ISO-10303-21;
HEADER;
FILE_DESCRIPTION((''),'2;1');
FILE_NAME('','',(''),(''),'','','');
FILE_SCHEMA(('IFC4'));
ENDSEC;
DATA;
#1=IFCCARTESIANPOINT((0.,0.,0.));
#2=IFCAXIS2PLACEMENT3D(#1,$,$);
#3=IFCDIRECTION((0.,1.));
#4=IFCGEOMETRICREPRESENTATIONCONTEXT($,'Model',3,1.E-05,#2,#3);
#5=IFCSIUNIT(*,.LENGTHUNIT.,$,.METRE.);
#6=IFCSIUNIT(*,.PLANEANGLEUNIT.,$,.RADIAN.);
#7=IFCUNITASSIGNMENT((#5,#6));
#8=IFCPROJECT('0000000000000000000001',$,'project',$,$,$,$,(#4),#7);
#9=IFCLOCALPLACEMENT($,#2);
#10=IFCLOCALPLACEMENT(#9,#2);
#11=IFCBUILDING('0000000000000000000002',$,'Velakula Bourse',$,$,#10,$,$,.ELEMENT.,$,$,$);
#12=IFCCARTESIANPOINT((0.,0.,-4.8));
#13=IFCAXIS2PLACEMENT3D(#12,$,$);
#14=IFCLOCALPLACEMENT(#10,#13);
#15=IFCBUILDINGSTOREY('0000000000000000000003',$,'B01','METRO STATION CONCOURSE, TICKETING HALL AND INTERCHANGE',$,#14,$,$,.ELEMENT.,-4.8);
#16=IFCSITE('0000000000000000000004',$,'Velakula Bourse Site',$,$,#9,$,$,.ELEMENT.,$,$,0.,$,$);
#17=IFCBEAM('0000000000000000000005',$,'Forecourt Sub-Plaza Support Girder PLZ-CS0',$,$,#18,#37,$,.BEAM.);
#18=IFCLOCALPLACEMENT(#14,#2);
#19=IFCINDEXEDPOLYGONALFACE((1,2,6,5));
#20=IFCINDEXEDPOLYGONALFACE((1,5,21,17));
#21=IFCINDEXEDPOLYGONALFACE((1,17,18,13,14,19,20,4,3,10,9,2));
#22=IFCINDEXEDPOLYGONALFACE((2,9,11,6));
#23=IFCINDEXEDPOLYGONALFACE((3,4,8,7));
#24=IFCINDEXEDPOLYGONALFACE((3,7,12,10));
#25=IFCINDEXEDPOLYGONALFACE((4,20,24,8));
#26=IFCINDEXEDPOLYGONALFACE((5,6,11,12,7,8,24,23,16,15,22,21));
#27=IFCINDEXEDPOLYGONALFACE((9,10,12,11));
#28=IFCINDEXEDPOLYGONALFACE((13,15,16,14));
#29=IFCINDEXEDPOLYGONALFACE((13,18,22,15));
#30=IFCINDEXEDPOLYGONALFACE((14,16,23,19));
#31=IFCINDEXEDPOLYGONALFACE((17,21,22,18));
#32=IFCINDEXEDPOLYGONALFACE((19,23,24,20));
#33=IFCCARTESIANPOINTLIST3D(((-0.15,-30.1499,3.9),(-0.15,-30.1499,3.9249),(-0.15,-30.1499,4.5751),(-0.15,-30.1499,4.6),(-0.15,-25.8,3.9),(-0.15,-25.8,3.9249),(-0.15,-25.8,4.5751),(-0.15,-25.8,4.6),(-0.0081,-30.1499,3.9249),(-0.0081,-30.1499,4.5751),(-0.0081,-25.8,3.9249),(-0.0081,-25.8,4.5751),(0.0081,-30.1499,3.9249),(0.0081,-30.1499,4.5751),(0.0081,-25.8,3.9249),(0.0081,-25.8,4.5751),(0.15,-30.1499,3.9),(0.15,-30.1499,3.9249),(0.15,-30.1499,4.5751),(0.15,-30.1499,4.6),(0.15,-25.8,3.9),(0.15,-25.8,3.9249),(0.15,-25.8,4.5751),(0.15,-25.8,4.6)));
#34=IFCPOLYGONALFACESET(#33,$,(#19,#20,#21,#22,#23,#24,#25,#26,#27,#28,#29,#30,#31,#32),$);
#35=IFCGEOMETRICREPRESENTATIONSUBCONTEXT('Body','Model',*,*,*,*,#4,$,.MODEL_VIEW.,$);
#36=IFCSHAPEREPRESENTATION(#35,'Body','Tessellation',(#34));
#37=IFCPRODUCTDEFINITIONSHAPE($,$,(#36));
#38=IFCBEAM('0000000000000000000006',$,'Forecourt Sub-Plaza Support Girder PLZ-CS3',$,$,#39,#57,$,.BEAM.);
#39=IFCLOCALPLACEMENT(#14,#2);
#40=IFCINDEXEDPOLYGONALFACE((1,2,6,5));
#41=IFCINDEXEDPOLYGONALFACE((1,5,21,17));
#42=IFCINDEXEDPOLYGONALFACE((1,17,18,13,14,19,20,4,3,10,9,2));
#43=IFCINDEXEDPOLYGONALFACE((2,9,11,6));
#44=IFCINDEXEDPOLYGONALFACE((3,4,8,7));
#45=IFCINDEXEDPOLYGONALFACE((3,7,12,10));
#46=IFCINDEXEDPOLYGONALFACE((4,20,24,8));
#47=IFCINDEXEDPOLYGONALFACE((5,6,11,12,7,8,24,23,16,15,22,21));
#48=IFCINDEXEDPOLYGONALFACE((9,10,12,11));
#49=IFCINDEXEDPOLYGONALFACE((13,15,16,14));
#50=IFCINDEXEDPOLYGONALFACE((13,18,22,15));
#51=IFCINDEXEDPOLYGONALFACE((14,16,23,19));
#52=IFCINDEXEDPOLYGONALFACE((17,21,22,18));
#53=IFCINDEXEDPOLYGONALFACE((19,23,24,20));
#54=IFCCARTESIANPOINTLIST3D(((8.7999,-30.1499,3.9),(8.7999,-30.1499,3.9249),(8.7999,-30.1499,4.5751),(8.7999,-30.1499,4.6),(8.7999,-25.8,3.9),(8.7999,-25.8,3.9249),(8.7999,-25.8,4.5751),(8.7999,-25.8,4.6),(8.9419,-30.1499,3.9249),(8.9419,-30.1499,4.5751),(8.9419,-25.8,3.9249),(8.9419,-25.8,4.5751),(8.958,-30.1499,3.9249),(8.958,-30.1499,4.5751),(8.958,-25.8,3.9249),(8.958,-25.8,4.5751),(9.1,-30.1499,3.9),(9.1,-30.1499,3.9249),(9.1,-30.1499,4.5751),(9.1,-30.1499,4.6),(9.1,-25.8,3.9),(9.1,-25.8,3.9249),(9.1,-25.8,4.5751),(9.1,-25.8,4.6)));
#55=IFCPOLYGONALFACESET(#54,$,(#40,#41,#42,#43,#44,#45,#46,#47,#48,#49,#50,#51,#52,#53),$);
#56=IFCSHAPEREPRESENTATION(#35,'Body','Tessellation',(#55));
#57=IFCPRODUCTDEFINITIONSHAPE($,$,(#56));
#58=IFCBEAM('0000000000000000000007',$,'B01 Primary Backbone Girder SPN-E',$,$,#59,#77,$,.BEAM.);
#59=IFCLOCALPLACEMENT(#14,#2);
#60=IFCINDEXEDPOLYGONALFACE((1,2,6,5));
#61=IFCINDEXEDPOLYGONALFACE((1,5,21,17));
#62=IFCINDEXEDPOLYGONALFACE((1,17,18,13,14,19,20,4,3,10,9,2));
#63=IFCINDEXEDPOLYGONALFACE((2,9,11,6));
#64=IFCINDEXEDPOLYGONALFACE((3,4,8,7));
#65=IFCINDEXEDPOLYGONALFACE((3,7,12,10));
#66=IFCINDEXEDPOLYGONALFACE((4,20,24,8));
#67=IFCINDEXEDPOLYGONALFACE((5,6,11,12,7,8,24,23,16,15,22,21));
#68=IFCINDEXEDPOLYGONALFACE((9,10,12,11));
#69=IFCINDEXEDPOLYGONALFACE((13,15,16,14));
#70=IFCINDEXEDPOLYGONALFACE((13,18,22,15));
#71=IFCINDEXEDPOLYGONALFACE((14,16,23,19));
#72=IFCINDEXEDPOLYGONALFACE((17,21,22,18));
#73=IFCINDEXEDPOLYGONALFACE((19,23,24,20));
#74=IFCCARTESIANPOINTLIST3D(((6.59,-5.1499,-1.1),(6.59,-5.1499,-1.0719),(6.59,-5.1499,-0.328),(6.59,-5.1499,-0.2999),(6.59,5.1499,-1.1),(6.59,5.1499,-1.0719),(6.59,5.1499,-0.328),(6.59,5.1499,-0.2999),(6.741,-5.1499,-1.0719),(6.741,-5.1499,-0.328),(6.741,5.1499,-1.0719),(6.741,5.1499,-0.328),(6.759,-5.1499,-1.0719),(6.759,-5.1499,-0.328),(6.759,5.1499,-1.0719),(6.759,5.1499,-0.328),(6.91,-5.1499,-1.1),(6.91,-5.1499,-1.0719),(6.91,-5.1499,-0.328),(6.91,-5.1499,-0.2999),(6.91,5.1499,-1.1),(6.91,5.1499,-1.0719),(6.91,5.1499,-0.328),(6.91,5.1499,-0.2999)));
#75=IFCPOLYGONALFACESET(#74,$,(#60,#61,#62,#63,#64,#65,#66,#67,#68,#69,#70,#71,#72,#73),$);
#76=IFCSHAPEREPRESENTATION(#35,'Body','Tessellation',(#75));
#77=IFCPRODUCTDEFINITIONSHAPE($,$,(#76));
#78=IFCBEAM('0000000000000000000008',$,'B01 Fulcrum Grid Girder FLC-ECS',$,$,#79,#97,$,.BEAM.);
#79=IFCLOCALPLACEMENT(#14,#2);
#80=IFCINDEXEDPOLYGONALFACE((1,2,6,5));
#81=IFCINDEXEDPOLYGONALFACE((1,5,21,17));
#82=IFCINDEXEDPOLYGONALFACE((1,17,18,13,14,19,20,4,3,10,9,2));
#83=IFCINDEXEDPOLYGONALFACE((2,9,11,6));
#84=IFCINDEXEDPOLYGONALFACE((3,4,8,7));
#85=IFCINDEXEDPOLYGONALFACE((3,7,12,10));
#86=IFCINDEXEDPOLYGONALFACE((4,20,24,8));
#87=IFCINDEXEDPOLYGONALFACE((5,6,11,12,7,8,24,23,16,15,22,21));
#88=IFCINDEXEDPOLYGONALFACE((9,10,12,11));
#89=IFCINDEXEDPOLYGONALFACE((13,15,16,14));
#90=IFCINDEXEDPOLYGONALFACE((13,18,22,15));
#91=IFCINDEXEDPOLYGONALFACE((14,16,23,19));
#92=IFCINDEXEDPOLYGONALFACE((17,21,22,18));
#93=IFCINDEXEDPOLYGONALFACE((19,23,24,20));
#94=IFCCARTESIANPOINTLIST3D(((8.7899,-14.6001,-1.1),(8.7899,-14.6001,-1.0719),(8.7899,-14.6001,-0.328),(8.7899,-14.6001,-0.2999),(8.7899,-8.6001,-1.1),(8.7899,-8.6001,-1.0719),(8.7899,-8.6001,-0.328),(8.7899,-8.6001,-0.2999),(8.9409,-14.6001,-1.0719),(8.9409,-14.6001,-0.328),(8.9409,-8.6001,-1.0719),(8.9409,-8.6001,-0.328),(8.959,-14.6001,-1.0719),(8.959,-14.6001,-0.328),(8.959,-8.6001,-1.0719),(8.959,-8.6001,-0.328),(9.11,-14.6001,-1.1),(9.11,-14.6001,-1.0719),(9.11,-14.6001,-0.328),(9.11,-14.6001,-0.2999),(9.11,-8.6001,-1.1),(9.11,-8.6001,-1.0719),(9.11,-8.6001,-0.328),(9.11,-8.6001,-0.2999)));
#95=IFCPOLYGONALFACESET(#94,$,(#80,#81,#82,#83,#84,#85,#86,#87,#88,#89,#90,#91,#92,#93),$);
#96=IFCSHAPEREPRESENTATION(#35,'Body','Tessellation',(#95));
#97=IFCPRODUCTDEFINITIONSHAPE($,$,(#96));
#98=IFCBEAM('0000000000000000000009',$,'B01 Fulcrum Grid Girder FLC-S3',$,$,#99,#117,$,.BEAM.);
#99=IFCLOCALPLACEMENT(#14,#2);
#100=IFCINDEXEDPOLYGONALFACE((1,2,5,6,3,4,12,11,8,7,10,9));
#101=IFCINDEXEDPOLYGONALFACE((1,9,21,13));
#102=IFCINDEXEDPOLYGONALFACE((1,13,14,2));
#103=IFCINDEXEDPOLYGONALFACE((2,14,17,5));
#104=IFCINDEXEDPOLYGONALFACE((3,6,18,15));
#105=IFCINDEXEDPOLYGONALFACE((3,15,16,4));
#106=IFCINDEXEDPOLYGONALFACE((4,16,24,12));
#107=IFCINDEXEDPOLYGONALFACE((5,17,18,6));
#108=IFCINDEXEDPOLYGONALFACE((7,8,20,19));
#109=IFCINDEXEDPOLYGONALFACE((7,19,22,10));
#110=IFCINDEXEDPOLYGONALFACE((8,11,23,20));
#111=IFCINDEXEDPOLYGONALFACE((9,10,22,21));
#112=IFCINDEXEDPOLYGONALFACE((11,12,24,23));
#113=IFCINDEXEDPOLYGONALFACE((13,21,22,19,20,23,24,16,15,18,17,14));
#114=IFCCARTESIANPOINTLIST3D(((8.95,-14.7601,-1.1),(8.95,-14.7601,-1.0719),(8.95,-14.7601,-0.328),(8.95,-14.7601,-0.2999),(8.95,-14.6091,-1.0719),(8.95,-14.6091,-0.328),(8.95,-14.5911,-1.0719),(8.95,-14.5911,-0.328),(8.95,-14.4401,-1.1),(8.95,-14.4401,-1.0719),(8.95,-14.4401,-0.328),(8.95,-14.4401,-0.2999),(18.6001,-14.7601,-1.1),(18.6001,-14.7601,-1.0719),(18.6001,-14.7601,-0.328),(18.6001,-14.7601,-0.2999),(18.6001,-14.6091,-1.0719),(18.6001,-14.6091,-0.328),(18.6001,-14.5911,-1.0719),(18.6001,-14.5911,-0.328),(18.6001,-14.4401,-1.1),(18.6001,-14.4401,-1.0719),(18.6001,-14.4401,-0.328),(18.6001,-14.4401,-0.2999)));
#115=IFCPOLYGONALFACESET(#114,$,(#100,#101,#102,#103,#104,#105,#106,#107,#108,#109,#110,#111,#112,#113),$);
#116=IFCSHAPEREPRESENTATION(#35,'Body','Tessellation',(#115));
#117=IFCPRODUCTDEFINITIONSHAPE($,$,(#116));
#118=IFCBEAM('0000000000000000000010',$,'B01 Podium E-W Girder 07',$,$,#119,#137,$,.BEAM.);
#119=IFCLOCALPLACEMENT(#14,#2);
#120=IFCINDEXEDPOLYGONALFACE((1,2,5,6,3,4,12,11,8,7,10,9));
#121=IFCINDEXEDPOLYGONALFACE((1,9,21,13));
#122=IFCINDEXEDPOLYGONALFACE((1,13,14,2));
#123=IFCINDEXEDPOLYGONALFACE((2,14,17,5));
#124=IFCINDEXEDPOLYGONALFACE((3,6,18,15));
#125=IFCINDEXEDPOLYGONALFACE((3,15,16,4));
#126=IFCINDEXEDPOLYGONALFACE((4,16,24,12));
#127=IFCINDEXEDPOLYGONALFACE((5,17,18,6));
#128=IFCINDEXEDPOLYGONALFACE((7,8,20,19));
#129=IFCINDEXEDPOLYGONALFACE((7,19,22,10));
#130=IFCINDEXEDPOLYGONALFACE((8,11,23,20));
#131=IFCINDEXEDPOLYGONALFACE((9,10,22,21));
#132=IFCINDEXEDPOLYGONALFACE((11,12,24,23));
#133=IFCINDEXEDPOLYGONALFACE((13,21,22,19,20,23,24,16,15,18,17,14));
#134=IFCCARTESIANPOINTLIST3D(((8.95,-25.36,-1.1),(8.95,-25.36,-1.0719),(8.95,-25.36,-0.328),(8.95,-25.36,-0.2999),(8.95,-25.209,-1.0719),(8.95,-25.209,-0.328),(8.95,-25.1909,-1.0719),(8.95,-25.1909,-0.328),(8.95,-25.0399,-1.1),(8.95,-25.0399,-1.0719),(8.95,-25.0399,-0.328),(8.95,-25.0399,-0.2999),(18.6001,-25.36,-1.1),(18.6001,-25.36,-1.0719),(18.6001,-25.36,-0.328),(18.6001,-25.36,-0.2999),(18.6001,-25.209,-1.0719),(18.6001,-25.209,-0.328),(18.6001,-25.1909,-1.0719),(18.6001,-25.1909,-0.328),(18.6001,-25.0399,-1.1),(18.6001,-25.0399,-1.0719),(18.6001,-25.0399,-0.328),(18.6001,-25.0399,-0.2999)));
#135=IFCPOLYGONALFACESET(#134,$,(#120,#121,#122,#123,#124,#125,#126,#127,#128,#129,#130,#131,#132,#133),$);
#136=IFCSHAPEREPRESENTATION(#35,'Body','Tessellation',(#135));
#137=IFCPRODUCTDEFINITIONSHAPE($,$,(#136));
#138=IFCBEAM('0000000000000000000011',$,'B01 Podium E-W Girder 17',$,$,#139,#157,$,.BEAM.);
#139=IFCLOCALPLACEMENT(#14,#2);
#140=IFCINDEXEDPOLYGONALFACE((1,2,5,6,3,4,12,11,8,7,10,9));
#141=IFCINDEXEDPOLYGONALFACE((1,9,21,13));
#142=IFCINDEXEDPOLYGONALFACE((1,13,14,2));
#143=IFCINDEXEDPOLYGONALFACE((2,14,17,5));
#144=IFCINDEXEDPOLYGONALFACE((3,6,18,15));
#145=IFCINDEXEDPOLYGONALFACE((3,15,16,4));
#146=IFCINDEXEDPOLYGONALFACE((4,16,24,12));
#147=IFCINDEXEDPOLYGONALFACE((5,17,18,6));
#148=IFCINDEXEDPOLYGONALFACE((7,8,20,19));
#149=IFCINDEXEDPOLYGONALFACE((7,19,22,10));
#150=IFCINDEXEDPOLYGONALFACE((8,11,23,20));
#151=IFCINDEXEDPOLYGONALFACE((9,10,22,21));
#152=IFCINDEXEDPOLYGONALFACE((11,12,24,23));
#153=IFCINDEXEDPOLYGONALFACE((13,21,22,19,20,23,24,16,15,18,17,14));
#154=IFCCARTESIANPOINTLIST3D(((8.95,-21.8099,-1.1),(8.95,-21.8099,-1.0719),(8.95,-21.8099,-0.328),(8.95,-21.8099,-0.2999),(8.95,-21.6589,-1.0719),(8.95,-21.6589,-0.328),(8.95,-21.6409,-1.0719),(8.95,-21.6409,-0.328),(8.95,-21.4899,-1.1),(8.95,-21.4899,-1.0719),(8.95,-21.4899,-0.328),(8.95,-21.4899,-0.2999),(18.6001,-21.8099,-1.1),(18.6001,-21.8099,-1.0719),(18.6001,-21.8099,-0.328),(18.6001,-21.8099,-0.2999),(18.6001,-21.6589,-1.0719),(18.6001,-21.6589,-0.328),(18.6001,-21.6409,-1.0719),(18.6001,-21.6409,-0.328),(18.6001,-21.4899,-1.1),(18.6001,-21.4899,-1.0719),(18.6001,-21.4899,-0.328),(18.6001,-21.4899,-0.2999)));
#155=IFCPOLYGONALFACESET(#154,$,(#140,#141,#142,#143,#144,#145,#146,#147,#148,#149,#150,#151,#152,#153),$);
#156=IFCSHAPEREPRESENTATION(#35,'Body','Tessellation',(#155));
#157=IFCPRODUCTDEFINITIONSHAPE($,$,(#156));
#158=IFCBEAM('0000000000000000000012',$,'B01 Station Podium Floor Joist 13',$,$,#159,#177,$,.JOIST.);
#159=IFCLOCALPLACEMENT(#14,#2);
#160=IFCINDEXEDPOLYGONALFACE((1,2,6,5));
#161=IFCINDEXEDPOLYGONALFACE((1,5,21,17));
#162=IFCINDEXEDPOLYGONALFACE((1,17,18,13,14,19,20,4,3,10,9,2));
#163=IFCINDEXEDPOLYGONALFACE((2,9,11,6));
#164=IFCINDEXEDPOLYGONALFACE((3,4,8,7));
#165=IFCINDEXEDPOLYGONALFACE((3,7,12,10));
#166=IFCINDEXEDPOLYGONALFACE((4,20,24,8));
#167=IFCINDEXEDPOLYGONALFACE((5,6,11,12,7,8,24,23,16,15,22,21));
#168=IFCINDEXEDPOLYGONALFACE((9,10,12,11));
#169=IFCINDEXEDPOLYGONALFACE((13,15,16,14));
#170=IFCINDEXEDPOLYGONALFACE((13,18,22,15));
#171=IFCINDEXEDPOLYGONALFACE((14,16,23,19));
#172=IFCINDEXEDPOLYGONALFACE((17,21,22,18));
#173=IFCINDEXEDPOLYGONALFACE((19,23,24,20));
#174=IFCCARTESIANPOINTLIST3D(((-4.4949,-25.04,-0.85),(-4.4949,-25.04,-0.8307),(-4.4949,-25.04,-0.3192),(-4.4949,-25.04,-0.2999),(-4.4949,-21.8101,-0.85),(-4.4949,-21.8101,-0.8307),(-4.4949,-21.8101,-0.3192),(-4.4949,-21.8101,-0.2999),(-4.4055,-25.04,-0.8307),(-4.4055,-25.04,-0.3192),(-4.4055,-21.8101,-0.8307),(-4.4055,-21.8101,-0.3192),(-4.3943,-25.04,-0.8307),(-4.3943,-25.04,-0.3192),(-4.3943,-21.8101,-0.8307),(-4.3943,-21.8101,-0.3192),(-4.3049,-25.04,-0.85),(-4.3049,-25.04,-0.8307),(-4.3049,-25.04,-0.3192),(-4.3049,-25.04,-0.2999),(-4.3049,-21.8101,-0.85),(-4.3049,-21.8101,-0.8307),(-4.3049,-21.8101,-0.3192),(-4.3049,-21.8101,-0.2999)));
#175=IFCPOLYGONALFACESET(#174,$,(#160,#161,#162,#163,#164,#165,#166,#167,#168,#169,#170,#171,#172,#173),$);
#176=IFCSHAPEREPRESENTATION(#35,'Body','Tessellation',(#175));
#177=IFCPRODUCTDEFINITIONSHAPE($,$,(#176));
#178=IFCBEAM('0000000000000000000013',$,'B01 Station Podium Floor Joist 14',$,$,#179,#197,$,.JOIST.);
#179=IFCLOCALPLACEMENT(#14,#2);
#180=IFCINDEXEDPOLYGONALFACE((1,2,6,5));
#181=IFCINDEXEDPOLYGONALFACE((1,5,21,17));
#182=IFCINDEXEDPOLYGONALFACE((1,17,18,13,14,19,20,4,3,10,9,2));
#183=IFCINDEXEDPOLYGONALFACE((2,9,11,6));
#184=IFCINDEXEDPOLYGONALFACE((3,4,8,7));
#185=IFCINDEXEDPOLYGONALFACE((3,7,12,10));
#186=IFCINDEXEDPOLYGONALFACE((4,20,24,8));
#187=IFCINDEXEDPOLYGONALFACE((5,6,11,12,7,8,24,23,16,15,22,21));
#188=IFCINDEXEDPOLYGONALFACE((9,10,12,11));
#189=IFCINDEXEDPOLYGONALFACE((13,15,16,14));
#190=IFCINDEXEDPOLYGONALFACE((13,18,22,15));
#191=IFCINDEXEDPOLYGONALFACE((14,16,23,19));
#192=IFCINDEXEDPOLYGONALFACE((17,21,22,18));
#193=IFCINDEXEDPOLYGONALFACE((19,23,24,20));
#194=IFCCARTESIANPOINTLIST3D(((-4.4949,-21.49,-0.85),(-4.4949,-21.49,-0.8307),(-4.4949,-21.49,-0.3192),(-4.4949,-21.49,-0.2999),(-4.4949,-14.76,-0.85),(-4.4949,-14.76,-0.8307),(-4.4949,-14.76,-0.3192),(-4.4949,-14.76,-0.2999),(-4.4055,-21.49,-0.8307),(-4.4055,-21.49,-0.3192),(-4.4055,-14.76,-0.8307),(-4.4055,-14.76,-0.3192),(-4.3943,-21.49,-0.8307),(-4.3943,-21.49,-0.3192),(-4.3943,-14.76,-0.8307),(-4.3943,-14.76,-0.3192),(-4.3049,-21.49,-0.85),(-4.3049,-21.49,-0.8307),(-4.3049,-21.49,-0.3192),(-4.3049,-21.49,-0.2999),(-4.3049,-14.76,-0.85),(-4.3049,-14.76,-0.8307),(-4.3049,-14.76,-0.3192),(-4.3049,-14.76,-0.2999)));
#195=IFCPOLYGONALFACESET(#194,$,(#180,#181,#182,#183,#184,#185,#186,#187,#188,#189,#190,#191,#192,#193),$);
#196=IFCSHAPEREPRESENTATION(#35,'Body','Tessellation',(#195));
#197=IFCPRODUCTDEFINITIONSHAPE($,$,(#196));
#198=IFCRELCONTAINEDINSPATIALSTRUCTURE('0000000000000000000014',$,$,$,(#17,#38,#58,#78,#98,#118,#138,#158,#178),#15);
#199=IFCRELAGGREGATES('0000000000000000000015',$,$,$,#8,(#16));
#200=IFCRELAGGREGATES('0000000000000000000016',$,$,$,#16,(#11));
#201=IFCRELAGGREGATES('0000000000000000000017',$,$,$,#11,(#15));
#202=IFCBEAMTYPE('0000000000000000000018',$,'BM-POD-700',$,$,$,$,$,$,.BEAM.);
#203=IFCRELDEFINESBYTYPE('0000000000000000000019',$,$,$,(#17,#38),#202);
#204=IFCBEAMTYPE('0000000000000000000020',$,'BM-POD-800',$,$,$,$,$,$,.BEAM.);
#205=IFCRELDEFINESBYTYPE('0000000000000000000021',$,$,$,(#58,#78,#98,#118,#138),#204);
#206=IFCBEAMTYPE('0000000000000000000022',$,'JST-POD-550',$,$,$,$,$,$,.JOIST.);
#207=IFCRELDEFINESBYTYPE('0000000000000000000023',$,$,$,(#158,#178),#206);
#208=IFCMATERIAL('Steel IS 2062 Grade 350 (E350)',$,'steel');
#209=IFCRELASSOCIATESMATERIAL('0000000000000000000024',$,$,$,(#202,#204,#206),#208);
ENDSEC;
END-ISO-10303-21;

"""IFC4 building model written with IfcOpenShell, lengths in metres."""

from ifc_helpers import new_model, si_unit, direction, frame, origin, origin_2d, place, context, subcontext, project, spatial, i_section, extrude, material, material_profile, profile_set, type_object, element, save


model = new_model("IFC4")

# Units and contexts
model_context = context("Model", 3, precision=1e-05, world=origin(), true_north=direction((0.0, 1.0)))
body_context = subcontext(model_context, "Body", "Model", "MODEL_VIEW")
ifc_project = project(units=[si_unit("LENGTHUNIT", "METRE"), si_unit("PLANEANGLEUNIT", "RADIAN")], contexts=[model_context])

# Site, building, storey
site_placement = place(None, origin())
site = spatial("IfcSite", under=ifc_project, at=site_placement, Name="Velakula Bourse Site", CompositionType="ELEMENT", RefElevation=0.0)
building_placement = place(site_placement, origin())
building = spatial("IfcBuilding", under=site, at=building_placement, Name="Velakula Bourse", CompositionType="ELEMENT")
storey_placement = place(building_placement, frame((0.0, 0.0, -4.8)))
storey = spatial("IfcBuildingStorey", under=building, at=storey_placement, Name="B01", Description="METRO STATION CONCOURSE, TICKETING HALL AND INTERCHANGE", CompositionType="ELEMENT", Elevation=-4.8)

# Beams
ifc_material_1 = material(Name="Steel IS 2062 Grade 350 (E350)", Category="steel")
ifc_material_profile_1 = material_profile(ifc_material_1, i_section(OverallWidth=0.3, OverallDepth=0.7, WebThickness=0.0161, FlangeThickness=0.0249, at=origin_2d()), Name="Steel IS 2062 Grade 350 (E350)")
ifc_profile_set_1 = profile_set([ifc_material_profile_1], Name="Steel IS 2062 Grade 350 (E350)")
beam_type_1 = type_object("IfcBeamType", Name="BM-POD-700", PredefinedType="BEAM", material=ifc_profile_set_1)
for number, where, z_axis, x_axis, name in (
    (1, (0.0, -30.1499, 4.25), (0.0, 1.0, 0.0), (-1.0, 0.0, 0.0), "Forecourt Sub-Plaza Support Girder PLZ-CS0"),
    (2, (8.95, -30.1499, 4.25), (0.0, 1.0, 0.0), (-1.0, 0.0, 0.0), "Forecourt Sub-Plaza Support Girder PLZ-CS3"),
):
    element("IfcBeam", number, at=place(storey_placement, frame(where, z_axis=z_axis, x_axis=x_axis)), inside=storey, type_object=beam_type_1, Name=name, PredefinedType="BEAM", context=body_context, shape_type="SweptSolid", body=[
        extrude(i_section(OverallWidth=0.3, OverallDepth=0.7, WebThickness=0.0161, FlangeThickness=0.0249, at=origin_2d()), origin(), (0.0, 0.0, 1.0), 4.3499),
    ])
ifc_material_profile_2 = material_profile(ifc_material_1, i_section(OverallWidth=0.3201, OverallDepth=0.8, WebThickness=0.0181, FlangeThickness=0.0281, at=origin_2d()), Name="Steel IS 2062 Grade 350 (E350)")
ifc_profile_set_2 = profile_set([ifc_material_profile_2], Name="Steel IS 2062 Grade 350 (E350)")
beam_type_2 = type_object("IfcBeamType", Name="BM-POD-800", PredefinedType="BEAM", material=ifc_profile_set_2)
beam_1_placement = place(storey_placement, frame((6.75, -5.1499, -0.7), z_axis=(0.0, 1.0, 0.0), x_axis=(-1.0, 0.0, 0.0)))
element("IfcBeam", 3, at=beam_1_placement, inside=storey, type_object=beam_type_2, Name="B01 Primary Backbone Girder SPN-E", PredefinedType="BEAM", context=body_context, shape_type="SweptSolid", body=[
    extrude(i_section(OverallWidth=0.3201, OverallDepth=0.8, WebThickness=0.0181, FlangeThickness=0.0281, at=origin_2d()), origin(), (0.0, 0.0, 1.0), 10.2998),
])
beam_2_placement = place(storey_placement, frame((8.95, -14.6001, -0.7), z_axis=(0.0, 1.0, 0.0), x_axis=(-1.0, 0.0, 0.0)))
element("IfcBeam", 4, at=beam_2_placement, inside=storey, type_object=beam_type_2, Name="B01 Fulcrum Grid Girder FLC-ECS", PredefinedType="BEAM", context=body_context, shape_type="SweptSolid", body=[
    extrude(i_section(OverallWidth=0.3201, OverallDepth=0.8, WebThickness=0.0181, FlangeThickness=0.0281, at=origin_2d()), origin(), (0.0, 0.0, 1.0), 6.0),
])
for number, where, z_axis, x_axis, name in (
    (5, (8.95, -14.6001, -0.7), (1.0, 0.0, 0.0), (0.0, 1.0, 0.0), "B01 Fulcrum Grid Girder FLC-S3"),
    (6, (8.95, -25.2, -0.7), (1.0, 0.0, 0.0), (0.0, 1.0, 0.0), "B01 Podium E-W Girder 07"),
    (7, (8.95, -21.6499, -0.7), (1.0, 0.0, 0.0), (0.0, 1.0, 0.0), "B01 Podium E-W Girder 17"),
):
    element("IfcBeam", number, at=place(storey_placement, frame(where, z_axis=z_axis, x_axis=x_axis)), inside=storey, type_object=beam_type_2, Name=name, PredefinedType="BEAM", context=body_context, shape_type="SweptSolid", body=[
        extrude(i_section(OverallWidth=0.3201, OverallDepth=0.8, WebThickness=0.0181, FlangeThickness=0.0281, at=origin_2d()), origin(), (0.0, 0.0, 1.0), 9.6501),
    ])
ifc_material_profile_3 = material_profile(ifc_material_1, i_section(OverallWidth=0.1899, OverallDepth=0.55, WebThickness=0.0112, FlangeThickness=0.0193, at=origin_2d()), Name="Steel IS 2062 Grade 350 (E350)")
ifc_profile_set_3 = profile_set([ifc_material_profile_3], Name="Steel IS 2062 Grade 350 (E350)")
beam_type_3 = type_object("IfcBeamType", Name="JST-POD-550", PredefinedType="JOIST", material=ifc_profile_set_3)
beam_3_placement = place(storey_placement, frame((-4.3999, -25.04, -0.575), z_axis=(0.0, 1.0, 0.0), x_axis=(-1.0, 0.0, 0.0)))
element("IfcBeam", 8, at=beam_3_placement, inside=storey, type_object=beam_type_3, Name="B01 Station Podium Floor Joist 13", PredefinedType="JOIST", context=body_context, shape_type="SweptSolid", body=[
    extrude(i_section(OverallWidth=0.1899, OverallDepth=0.55, WebThickness=0.0112, FlangeThickness=0.0193, at=origin_2d()), origin(), (0.0, 0.0, 1.0), 3.23),
])
beam_4_placement = place(storey_placement, frame((-4.3999, -21.49, -0.575), z_axis=(0.0, 1.0, 0.0), x_axis=(-1.0, 0.0, 0.0)))
element("IfcBeam", 9, at=beam_4_placement, inside=storey, type_object=beam_type_3, Name="B01 Station Podium Floor Joist 14", PredefinedType="JOIST", context=body_context, shape_type="SweptSolid", body=[
    extrude(i_section(OverallWidth=0.1899, OverallDepth=0.55, WebThickness=0.0112, FlangeThickness=0.0193, at=origin_2d()), origin(), (0.0, 0.0, 1.0), 6.73),
])

save(model, "model.ifc")
